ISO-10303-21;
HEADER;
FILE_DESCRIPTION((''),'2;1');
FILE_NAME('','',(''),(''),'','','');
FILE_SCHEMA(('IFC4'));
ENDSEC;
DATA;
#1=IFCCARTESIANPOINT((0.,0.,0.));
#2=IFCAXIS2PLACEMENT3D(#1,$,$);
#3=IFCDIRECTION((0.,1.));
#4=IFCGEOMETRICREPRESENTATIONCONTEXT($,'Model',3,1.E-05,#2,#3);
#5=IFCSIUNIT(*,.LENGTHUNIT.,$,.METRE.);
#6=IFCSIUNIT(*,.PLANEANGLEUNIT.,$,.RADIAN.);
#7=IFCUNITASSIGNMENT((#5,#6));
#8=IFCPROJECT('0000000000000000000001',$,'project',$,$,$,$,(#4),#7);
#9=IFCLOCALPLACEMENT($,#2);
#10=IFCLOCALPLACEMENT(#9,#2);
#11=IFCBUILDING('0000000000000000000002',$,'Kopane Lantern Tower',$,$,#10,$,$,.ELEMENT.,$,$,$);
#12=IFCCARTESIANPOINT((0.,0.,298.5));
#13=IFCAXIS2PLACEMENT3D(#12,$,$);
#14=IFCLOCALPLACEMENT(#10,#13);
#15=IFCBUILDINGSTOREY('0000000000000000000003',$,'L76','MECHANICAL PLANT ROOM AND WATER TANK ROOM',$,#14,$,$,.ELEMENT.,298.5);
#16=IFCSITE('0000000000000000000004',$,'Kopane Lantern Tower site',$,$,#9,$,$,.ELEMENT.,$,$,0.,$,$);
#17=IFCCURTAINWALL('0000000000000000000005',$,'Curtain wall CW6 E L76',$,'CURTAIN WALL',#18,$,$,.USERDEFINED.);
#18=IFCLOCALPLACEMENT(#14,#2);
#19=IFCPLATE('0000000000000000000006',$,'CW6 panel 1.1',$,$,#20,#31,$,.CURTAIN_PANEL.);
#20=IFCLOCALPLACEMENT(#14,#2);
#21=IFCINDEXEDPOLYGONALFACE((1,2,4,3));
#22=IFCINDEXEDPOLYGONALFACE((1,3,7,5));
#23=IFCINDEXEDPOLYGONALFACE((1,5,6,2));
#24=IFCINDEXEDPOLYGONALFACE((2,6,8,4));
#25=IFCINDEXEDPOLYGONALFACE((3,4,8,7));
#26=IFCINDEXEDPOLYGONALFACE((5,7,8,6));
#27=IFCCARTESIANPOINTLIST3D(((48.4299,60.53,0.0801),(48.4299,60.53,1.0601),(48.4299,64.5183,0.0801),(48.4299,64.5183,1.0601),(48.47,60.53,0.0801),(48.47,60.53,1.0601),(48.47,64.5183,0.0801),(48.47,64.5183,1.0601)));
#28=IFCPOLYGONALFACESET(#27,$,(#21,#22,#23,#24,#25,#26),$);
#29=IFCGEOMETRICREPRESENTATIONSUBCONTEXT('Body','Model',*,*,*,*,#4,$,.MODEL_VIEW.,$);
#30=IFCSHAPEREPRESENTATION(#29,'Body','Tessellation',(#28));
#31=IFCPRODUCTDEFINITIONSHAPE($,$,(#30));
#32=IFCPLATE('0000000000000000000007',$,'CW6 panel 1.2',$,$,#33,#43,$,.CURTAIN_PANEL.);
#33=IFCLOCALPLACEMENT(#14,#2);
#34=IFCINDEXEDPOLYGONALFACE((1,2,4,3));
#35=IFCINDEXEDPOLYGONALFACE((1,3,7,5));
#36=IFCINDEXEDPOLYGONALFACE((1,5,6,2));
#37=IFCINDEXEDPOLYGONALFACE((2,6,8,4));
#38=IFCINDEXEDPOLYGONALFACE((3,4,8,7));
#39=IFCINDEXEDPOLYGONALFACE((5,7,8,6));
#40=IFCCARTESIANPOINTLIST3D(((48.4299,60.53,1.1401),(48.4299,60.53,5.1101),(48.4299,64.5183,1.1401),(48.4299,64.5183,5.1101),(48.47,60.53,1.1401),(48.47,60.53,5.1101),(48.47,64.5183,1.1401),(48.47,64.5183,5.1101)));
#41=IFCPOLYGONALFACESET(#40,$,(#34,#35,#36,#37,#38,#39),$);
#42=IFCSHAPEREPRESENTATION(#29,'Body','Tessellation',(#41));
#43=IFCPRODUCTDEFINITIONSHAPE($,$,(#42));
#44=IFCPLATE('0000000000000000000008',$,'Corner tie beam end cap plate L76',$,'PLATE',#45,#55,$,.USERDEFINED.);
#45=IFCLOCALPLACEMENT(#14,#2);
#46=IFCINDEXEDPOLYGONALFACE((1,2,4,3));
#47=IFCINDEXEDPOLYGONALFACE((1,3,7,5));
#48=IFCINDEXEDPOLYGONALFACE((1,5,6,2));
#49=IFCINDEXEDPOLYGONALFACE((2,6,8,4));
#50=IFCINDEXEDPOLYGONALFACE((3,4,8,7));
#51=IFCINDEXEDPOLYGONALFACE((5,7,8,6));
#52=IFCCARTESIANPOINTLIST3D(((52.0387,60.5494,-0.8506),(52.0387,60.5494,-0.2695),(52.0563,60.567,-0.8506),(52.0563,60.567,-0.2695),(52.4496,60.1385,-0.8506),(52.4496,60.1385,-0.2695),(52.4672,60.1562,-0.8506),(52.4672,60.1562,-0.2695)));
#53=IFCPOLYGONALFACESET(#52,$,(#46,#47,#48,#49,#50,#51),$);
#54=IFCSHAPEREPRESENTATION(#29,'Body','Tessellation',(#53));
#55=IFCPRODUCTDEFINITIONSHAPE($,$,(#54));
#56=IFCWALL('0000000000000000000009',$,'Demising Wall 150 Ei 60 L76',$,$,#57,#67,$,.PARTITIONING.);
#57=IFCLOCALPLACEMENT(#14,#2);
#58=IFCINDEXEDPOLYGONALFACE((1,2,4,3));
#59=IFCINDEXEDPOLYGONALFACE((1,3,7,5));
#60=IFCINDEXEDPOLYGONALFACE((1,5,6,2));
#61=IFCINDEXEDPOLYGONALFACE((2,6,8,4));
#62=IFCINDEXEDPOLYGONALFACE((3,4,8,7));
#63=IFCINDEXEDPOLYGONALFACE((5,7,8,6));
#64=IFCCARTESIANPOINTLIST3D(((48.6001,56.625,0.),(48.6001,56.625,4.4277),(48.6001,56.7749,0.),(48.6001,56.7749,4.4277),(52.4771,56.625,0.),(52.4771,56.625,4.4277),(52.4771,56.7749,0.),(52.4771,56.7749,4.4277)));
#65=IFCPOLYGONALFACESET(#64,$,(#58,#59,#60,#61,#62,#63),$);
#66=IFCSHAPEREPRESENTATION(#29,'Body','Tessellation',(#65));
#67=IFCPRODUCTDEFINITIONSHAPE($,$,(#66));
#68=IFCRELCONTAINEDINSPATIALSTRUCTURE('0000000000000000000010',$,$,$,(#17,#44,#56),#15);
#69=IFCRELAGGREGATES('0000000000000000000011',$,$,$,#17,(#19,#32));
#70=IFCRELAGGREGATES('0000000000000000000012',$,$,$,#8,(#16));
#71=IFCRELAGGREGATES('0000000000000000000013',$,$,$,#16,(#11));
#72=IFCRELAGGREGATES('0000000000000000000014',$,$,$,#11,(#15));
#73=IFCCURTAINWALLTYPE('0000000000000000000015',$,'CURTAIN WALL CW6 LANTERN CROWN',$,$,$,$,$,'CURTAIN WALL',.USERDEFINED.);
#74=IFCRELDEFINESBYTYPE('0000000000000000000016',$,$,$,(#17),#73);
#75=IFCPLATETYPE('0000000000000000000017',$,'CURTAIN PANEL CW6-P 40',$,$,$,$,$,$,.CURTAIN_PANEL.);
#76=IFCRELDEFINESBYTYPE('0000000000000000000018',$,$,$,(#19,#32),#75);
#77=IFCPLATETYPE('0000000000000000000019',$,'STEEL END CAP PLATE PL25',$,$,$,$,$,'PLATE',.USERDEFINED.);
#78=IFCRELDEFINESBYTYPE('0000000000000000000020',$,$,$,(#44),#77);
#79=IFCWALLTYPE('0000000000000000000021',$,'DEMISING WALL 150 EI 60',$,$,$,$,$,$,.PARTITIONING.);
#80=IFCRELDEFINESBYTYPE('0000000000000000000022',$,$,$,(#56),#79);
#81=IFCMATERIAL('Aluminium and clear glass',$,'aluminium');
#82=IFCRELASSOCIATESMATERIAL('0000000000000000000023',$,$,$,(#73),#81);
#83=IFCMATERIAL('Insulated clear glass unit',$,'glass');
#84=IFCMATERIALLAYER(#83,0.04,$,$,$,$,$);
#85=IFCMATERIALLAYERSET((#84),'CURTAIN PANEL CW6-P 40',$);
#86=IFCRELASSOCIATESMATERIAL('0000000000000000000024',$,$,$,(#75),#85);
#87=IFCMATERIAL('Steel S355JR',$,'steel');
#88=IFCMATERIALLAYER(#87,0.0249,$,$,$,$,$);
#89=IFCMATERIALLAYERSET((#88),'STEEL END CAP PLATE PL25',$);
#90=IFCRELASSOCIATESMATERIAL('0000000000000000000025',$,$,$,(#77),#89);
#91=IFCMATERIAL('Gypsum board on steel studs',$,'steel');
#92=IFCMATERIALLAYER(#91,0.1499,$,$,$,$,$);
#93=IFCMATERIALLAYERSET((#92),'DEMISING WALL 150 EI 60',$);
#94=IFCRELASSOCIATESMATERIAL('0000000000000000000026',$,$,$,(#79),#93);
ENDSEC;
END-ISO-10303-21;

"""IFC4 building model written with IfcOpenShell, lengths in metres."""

from ifc_helpers import new_model, si_unit, direction, frame, frame_2d, origin, origin_2d, place, context, subcontext, project, spatial, rectangle, extrude, material, layer, layer_set, type_object, element, aggregate, save


model = new_model("IFC4")

# Units and contexts
model_context = context("Model", 3, precision=1e-05, world=origin(), true_north=direction((0.0, 1.0)))
body_context = subcontext(model_context, "Body", "Model", "MODEL_VIEW")
ifc_project = project(units=[si_unit("LENGTHUNIT", "METRE"), si_unit("PLANEANGLEUNIT", "RADIAN")], contexts=[model_context])

# Site, building, storey
site_placement = place(None, origin())
site = spatial("IfcSite", under=ifc_project, at=site_placement, Name="Kopane Lantern Tower site", CompositionType="ELEMENT", RefElevation=0.0)
building_placement = place(site_placement, origin())
building = spatial("IfcBuilding", under=site, at=building_placement, Name="Kopane Lantern Tower", CompositionType="ELEMENT")
storey_placement = place(building_placement, frame((0.0, 0.0, 298.5)))
storey = spatial("IfcBuildingStorey", under=building, at=storey_placement, Name="L76", Description="MECHANICAL PLANT ROOM AND WATER TANK ROOM", CompositionType="ELEMENT", Elevation=298.5)

# Shared definitions
ifc_material_1 = material(Name="Aluminium and clear glass", Category="aluminium")
curtain_wall_type = type_object("IfcCurtainWallType", Name="CURTAIN WALL CW6 LANTERN CROWN", ElementType="CURTAIN WALL", PredefinedType="USERDEFINED", material=ifc_material_1)

# Curtain wall
curtain_wall_1_placement = place(storey_placement, origin())
curtain_wall_1 = element("IfcCurtainWall", 1, at=curtain_wall_1_placement, inside=storey, type_object=curtain_wall_type, Name="Curtain wall CW6 E L76", ObjectType="CURTAIN WALL", PredefinedType="USERDEFINED")

# Plates
ifc_material_2 = material(Name="Insulated clear glass unit", Category="glass")
ifc_layer_1 = layer(ifc_material_2, 0.04)
ifc_layer_set_1 = layer_set([ifc_layer_1], Name="CURTAIN PANEL CW6-P 40")
plate_type_1 = type_object("IfcPlateType", Name="CURTAIN PANEL CW6-P 40", PredefinedType="CURTAIN_PANEL", material=ifc_layer_set_1)
plate_1_placement = place(storey_placement, frame((48.45, 62.5242, 0.0801), z_axis=(0.0, 0.0, 1.0), x_axis=(0.0, 1.0, 0.0)))
plate_1 = element("IfcPlate", 2, at=plate_1_placement, type_object=plate_type_1, Name="CW6 panel 1.1", PredefinedType="CURTAIN_PANEL", context=body_context, shape_type="SweptSolid", body=[
    extrude(rectangle(XDim=3.9883, YDim=0.04, at=origin_2d()), origin(), (0.0, 0.0, 1.0), 0.98),
])
plate_2_placement = place(storey_placement, frame((48.45, 62.5242, 1.1401), z_axis=(0.0, 0.0, 1.0), x_axis=(0.0, 1.0, 0.0)))
plate_2 = element("IfcPlate", 3, at=plate_2_placement, type_object=plate_type_1, Name="CW6 panel 1.2", PredefinedType="CURTAIN_PANEL", context=body_context, shape_type="SweptSolid", body=[
    extrude(rectangle(XDim=3.9883, YDim=0.04, at=origin_2d()), origin(), (0.0, 0.0, 1.0), 3.97),
])
aggregate(curtain_wall_1, [plate_1, plate_2])
ifc_material_3 = material(Name="Steel S355JR", Category="steel")
ifc_layer_2 = layer(ifc_material_3, 0.0249)
ifc_layer_set_2 = layer_set([ifc_layer_2], Name="STEEL END CAP PLATE PL25")
plate_type_2 = type_object("IfcPlateType", Name="STEEL END CAP PLATE PL25", ElementType="PLATE", PredefinedType="USERDEFINED", material=ifc_layer_set_2)
plate_3_placement = place(storey_placement, frame((52.2529, 60.3528, -0.8506), z_axis=(0.0, 0.0, 1.0), x_axis=(0.707107, 0.707107, 0.0)))
element("IfcPlate", 4, at=plate_3_placement, inside=storey, type_object=plate_type_2, Name="Corner tie beam end cap plate L76", ObjectType="PLATE", PredefinedType="USERDEFINED", context=body_context, shape_type="SweptSolid", body=[
    extrude(rectangle(XDim=0.0249, YDim=0.5811, at=origin_2d()), origin(), (0.0, 0.0, 1.0), 0.5811),
])

# Wall
ifc_material_4 = material(Name="Gypsum board on steel studs", Category="steel")
ifc_layer_3 = layer(ifc_material_4, 0.1499)
ifc_layer_set_3 = layer_set([ifc_layer_3], Name="DEMISING WALL 150 EI 60")
wall_type = type_object("IfcWallType", Name="DEMISING WALL 150 EI 60", PredefinedType="PARTITIONING", material=ifc_layer_set_3)
wall_placement = place(storey_placement, frame((48.6001, 56.7, 0.0), z_axis=(0.0, 0.0, 1.0), x_axis=(1.0, 0.0, 0.0)))
element("IfcWall", 5, at=wall_placement, inside=storey, type_object=wall_type, Name="Demising Wall 150 Ei 60 L76", PredefinedType="PARTITIONING", context=body_context, shape_type="SweptSolid", body=[
    extrude(rectangle(XDim=3.877, YDim=0.1499, at=frame_2d((1.9385, 0.0))), origin(), (0.0, 0.0, 1.0), 4.4277),
])

save(model, "model.ifc")
